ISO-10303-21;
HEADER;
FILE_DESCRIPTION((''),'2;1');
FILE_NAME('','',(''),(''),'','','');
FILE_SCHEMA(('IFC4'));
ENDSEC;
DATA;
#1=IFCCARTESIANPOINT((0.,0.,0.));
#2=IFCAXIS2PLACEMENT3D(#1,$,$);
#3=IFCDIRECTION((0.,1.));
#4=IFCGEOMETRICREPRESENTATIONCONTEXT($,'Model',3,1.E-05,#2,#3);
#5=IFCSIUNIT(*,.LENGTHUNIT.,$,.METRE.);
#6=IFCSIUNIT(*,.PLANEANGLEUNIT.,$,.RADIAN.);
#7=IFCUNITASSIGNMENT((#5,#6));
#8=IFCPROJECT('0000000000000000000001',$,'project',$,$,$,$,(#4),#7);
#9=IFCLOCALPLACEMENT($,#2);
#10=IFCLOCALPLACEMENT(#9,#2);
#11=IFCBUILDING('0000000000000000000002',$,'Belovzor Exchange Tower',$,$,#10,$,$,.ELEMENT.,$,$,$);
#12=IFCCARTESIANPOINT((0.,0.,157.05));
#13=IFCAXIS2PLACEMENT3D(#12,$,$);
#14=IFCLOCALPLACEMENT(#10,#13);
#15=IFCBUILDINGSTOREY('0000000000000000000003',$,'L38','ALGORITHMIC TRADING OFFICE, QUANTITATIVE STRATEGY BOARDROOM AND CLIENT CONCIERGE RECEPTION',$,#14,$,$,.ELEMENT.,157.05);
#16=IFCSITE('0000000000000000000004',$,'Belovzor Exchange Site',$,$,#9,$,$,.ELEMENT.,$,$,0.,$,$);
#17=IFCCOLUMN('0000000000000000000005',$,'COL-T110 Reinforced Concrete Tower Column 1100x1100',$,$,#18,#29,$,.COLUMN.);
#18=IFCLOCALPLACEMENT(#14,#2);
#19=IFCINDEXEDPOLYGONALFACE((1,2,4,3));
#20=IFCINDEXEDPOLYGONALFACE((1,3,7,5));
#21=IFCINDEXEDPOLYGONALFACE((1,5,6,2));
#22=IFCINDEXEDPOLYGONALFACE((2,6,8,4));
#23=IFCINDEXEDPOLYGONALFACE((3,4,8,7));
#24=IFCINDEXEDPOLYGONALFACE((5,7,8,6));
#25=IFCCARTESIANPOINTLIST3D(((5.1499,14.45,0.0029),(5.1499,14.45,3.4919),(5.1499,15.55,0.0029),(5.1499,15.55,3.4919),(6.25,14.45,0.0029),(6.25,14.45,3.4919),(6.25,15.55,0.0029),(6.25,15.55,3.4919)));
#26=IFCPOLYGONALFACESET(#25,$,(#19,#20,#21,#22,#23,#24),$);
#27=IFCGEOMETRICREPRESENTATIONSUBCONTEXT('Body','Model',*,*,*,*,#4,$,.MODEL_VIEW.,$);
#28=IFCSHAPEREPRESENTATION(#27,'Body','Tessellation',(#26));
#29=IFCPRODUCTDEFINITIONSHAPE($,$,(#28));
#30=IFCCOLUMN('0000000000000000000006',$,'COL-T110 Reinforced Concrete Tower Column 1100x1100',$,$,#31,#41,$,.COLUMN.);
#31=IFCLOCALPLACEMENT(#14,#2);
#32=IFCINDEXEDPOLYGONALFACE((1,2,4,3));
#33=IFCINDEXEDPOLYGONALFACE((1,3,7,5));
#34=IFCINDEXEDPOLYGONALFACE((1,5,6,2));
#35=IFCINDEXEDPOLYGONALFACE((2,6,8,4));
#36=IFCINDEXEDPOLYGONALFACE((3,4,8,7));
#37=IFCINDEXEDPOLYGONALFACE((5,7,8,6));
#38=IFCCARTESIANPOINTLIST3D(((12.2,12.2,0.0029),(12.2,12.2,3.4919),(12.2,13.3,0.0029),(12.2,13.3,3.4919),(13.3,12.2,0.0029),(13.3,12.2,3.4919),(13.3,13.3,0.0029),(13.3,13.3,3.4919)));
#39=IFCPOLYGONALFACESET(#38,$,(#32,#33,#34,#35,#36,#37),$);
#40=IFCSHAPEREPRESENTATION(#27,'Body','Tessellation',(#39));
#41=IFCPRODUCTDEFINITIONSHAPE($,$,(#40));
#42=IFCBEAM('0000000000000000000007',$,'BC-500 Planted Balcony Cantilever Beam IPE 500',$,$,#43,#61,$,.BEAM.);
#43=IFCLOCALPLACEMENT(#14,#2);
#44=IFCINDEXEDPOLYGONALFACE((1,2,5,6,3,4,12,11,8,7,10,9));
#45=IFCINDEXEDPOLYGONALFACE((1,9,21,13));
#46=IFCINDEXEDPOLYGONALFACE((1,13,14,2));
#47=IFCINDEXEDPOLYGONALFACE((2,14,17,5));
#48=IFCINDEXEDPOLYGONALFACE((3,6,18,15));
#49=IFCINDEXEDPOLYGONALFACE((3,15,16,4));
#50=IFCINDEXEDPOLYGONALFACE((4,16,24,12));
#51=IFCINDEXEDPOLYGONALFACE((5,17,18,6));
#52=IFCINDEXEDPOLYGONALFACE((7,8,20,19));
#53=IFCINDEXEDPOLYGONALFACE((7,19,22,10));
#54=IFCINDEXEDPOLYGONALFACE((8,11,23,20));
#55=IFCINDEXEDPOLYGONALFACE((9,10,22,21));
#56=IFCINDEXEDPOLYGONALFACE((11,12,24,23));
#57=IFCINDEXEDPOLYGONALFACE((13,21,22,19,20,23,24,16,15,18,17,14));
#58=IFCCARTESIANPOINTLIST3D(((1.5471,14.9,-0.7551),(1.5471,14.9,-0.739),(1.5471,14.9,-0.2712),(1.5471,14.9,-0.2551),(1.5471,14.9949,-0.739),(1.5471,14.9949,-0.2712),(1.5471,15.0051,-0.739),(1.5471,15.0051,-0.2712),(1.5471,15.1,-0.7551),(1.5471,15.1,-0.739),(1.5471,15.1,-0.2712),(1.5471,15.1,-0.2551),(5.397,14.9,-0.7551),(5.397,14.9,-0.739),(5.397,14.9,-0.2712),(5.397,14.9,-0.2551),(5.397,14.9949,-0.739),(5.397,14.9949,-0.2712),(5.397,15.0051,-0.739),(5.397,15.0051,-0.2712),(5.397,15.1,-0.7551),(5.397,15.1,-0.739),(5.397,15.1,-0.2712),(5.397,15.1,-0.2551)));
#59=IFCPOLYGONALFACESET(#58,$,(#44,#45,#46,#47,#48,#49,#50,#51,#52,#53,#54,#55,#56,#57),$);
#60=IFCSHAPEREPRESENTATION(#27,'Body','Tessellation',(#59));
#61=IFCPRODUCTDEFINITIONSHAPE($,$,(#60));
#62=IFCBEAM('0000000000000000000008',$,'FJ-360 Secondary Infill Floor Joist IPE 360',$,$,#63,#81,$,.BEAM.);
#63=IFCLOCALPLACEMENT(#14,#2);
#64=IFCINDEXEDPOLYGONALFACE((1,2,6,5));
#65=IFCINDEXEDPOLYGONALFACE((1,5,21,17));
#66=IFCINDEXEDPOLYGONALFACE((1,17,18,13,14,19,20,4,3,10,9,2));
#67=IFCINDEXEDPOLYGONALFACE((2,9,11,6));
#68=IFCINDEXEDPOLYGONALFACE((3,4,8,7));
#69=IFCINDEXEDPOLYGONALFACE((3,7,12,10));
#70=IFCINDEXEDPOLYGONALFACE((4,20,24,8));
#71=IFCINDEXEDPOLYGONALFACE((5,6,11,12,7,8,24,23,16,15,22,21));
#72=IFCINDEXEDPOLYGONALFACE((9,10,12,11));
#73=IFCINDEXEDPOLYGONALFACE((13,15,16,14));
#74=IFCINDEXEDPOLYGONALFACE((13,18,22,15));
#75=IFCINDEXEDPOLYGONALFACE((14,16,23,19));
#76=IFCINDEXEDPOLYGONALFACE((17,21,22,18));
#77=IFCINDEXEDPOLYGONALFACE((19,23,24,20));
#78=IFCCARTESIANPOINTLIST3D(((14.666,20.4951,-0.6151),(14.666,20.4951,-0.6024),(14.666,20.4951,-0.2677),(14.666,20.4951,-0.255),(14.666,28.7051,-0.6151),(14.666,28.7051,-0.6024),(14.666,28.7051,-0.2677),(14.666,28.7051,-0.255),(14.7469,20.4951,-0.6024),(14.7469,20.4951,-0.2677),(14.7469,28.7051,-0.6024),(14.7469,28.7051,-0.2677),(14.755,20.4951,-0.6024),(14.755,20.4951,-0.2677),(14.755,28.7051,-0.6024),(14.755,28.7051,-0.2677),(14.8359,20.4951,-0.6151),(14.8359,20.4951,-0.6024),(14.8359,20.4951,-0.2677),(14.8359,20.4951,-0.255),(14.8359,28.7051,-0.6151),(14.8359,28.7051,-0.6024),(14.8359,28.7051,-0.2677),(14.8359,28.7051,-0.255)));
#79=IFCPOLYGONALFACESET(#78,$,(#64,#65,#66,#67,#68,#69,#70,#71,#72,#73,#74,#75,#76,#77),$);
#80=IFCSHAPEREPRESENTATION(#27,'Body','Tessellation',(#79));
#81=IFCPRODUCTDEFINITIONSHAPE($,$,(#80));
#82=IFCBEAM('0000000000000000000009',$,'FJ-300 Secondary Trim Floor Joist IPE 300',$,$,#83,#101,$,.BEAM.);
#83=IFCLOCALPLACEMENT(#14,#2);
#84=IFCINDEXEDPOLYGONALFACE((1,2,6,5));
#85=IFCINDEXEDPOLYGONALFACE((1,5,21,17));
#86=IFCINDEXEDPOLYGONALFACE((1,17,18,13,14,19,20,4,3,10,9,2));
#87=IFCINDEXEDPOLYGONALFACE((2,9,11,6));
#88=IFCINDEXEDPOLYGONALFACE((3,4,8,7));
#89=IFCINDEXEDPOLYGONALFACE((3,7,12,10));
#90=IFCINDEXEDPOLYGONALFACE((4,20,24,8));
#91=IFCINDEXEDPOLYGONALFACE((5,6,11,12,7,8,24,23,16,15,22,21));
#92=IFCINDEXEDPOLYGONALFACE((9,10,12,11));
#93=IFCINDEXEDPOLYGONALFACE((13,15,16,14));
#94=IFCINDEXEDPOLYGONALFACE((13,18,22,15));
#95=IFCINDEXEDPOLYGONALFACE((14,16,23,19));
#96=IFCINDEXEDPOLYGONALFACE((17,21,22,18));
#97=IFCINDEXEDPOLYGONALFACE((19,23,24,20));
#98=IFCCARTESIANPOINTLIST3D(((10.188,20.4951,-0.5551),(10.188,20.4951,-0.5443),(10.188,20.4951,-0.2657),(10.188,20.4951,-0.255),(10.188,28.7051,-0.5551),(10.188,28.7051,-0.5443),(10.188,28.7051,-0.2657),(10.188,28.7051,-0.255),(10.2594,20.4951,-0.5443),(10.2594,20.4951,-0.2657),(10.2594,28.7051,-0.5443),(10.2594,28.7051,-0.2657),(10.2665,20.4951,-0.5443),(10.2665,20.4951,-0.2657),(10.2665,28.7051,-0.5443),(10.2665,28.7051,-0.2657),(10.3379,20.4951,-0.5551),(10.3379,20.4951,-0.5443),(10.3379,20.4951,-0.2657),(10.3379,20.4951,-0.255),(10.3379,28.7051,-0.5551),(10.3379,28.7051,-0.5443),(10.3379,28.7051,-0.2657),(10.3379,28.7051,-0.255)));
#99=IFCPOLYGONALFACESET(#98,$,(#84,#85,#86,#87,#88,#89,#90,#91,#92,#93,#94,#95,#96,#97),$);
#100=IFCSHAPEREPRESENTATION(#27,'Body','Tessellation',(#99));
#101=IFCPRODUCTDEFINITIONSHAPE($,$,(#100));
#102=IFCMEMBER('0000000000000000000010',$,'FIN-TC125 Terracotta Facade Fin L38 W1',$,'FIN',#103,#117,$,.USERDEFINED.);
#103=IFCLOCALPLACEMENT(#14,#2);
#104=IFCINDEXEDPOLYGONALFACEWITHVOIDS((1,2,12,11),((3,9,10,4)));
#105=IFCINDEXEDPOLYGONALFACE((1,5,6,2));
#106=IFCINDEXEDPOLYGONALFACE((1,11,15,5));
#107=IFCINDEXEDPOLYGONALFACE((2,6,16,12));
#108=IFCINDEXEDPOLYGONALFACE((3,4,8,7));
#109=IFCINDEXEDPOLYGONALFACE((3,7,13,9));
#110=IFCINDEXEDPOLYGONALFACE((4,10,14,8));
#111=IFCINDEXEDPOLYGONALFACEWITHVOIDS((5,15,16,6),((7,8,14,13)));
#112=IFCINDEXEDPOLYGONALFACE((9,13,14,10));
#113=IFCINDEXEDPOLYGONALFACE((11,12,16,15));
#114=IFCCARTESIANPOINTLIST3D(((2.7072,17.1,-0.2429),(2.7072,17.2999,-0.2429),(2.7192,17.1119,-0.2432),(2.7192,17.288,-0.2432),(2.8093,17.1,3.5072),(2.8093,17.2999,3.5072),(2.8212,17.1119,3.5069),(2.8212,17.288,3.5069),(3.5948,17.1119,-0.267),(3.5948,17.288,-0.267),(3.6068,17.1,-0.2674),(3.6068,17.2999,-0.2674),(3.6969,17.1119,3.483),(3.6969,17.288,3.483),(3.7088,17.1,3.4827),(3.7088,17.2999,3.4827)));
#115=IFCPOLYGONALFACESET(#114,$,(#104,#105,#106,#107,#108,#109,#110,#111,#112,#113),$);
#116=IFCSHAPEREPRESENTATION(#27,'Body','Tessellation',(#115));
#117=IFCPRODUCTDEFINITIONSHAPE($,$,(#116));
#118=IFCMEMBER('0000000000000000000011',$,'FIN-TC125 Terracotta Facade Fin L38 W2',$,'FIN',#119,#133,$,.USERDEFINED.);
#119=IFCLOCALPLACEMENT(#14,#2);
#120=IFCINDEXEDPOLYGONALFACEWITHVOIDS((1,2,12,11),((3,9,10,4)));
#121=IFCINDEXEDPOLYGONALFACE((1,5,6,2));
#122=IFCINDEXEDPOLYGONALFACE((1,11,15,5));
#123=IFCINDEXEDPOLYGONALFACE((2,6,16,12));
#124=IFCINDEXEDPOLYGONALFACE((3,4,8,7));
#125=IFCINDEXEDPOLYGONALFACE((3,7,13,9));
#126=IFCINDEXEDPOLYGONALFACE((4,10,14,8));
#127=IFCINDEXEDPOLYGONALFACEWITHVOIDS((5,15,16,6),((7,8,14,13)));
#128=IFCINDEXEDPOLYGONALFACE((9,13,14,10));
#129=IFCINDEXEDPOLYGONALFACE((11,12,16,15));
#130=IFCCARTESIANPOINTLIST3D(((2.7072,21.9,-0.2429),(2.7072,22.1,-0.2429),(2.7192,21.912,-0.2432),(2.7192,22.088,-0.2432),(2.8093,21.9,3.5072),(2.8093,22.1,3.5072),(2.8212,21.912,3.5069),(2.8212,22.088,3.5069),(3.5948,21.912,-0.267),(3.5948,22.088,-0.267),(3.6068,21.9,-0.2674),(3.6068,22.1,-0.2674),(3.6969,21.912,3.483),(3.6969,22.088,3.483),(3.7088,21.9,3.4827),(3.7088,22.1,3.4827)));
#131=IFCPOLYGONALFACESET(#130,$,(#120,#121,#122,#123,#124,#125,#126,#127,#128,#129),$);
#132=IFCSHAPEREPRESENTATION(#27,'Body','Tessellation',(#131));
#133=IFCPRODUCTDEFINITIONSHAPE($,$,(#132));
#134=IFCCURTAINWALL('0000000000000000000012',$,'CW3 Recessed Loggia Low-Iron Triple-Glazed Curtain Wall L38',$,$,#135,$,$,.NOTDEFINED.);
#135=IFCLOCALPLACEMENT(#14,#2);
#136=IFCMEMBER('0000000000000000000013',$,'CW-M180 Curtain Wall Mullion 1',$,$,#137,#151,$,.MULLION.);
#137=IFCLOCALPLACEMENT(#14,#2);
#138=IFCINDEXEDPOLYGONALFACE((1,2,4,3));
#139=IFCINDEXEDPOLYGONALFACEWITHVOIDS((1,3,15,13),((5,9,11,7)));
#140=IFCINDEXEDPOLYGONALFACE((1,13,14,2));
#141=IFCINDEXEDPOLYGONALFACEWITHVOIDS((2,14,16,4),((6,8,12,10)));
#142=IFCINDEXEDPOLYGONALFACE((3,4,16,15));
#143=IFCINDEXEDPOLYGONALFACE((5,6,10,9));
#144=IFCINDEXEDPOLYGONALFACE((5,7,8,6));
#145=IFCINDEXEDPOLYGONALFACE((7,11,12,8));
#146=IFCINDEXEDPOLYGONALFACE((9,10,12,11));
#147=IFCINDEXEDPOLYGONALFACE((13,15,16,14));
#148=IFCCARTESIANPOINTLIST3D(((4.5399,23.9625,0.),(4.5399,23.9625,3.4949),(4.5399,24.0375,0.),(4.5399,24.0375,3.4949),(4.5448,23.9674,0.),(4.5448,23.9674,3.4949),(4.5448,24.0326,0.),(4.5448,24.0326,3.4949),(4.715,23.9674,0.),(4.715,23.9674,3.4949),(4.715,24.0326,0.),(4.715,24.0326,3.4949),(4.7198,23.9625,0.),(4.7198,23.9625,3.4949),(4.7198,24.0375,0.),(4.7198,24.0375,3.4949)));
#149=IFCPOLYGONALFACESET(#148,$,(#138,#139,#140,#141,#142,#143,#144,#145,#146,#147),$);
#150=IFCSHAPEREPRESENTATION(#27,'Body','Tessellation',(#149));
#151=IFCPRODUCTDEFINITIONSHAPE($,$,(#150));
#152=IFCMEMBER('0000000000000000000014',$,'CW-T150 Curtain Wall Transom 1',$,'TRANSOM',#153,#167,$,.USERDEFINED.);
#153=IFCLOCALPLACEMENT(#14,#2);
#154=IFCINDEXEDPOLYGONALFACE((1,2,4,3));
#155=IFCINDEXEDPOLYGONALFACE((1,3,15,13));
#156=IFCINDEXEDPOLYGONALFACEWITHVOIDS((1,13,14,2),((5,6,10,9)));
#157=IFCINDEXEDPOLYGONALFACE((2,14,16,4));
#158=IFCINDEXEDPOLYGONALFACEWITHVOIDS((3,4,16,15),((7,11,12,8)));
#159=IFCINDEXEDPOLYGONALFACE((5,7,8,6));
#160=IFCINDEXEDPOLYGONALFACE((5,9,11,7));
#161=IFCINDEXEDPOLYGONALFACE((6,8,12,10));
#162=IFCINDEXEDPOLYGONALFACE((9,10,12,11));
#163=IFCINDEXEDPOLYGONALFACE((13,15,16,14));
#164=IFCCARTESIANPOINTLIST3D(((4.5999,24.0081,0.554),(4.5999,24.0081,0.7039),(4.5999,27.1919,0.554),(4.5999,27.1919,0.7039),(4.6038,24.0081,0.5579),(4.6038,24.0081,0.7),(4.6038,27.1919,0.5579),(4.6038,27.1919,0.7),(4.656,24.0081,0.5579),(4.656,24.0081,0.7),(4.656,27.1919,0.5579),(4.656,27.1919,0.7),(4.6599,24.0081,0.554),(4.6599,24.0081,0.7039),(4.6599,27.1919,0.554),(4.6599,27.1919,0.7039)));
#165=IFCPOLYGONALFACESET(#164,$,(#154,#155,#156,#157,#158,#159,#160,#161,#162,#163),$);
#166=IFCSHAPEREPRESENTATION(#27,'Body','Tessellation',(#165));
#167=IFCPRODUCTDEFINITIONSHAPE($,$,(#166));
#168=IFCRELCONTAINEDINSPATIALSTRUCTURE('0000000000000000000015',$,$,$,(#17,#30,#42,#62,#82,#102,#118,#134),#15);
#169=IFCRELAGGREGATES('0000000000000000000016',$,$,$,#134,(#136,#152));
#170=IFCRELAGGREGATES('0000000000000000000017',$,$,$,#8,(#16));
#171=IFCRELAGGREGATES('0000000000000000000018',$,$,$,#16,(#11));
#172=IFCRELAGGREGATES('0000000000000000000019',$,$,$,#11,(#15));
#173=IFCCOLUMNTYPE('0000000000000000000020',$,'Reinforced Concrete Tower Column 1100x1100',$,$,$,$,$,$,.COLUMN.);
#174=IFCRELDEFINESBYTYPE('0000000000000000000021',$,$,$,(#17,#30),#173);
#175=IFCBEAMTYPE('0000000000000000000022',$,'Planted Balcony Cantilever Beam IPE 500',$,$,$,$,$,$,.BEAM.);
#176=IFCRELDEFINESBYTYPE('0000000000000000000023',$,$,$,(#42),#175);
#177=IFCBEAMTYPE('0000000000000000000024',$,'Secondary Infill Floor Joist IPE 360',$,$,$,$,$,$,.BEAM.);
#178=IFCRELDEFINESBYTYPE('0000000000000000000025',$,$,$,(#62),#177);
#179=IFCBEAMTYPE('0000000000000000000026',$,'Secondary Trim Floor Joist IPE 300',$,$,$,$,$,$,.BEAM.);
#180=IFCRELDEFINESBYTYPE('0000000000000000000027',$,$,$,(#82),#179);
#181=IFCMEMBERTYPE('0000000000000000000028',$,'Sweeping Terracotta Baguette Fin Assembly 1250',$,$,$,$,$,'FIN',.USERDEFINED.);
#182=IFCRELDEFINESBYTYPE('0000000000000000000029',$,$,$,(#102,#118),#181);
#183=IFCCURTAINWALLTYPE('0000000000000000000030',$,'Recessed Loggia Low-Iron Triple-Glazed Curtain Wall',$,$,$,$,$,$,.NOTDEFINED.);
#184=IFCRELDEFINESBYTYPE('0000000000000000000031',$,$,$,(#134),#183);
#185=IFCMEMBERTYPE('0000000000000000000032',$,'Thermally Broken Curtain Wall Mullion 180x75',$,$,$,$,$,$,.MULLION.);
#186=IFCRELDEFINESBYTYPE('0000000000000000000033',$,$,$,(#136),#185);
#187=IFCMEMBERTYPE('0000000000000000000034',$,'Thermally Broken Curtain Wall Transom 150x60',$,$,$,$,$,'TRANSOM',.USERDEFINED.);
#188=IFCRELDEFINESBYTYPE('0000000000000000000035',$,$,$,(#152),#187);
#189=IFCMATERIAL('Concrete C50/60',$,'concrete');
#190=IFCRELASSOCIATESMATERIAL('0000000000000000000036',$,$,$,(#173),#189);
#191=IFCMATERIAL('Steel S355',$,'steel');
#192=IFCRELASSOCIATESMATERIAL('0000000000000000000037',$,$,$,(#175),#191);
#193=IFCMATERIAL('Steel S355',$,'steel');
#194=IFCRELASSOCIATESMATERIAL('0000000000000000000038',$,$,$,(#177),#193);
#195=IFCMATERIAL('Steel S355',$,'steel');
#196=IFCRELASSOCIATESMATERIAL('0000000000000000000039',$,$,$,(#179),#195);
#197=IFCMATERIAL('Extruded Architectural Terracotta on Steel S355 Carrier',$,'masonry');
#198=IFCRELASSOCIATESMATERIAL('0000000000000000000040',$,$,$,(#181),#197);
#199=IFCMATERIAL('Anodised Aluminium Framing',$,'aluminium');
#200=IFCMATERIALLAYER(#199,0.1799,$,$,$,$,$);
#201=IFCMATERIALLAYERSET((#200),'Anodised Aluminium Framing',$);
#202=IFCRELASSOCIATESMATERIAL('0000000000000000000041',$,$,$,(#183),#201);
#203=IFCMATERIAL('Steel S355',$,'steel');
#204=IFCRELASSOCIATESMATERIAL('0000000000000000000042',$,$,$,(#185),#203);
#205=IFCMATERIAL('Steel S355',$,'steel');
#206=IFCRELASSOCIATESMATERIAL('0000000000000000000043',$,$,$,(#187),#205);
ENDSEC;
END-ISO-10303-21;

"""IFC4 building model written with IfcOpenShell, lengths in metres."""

from ifc_helpers import new_model, si_unit, direction, frame, origin, origin_2d, place, context, subcontext, project, spatial, rectangle, hollow_rectangle, i_section, extrude, material, layer, layer_set, material_profile, profile_set, type_object, element, aggregate, save


model = new_model("IFC4")

# Units and contexts
model_context = context("Model", 3, precision=1e-05, world=origin(), true_north=direction((0.0, 1.0)))
body_context = subcontext(model_context, "Body", "Model", "MODEL_VIEW")
ifc_project = project(units=[si_unit("LENGTHUNIT", "METRE"), si_unit("PLANEANGLEUNIT", "RADIAN")], contexts=[model_context])

# Site, building, storey
site_placement = place(None, origin())
site = spatial("IfcSite", under=ifc_project, at=site_placement, Name="Belovzor Exchange Site", CompositionType="ELEMENT", RefElevation=0.0)
building_placement = place(site_placement, origin())
building = spatial("IfcBuilding", under=site, at=building_placement, Name="Belovzor Exchange Tower", CompositionType="ELEMENT")
storey_placement = place(building_placement, frame((0.0, 0.0, 157.05)))
storey = spatial("IfcBuildingStorey", under=building, at=storey_placement, Name="L38", Description="ALGORITHMIC TRADING OFFICE, QUANTITATIVE STRATEGY BOARDROOM AND CLIENT CONCIERGE RECEPTION", CompositionType="ELEMENT", Elevation=157.05)

# Columns
ifc_material_1 = material(Name="Concrete C50/60", Category="concrete")
ifc_material_profile_1 = material_profile(ifc_material_1, rectangle(XDim=1.1001, YDim=1.1001, at=origin_2d()))
ifc_profile_set_1 = profile_set([ifc_material_profile_1], Name="Concrete C50/60")
column_type = type_object("IfcColumnType", Name="Reinforced Concrete Tower Column 1100x1100", PredefinedType="COLUMN", material=ifc_profile_set_1)
for number, where, z_axis, x_axis, name in (
    (1, (5.7, 15.0, 0.0029), (0.0, 0.0, 1.0), (1.0, 0.0, 0.0), "COL-T110 Reinforced Concrete Tower Column 1100x1100"),
    (2, (12.75, 12.75, 0.0029), (0.0, 0.0, 1.0), (1.0, 0.0, 0.0), "COL-T110 Reinforced Concrete Tower Column 1100x1100"),
):
    element("IfcColumn", number, at=place(storey_placement, frame(where, z_axis=z_axis, x_axis=x_axis)), inside=storey, type_object=column_type, Name=name, PredefinedType="COLUMN", context=body_context, shape_type="SweptSolid", body=[
        extrude(rectangle(XDim=1.1001, YDim=1.1001, at=origin_2d()), origin(), (0.0, 0.0, 1.0), 3.489),
    ])

# Beams
ifc_material_2 = material(Name="Steel S355", Category="steel")
ifc_material_profile_2 = material_profile(ifc_material_2, i_section(OverallWidth=0.2, OverallDepth=0.5, WebThickness=0.0103, FlangeThickness=0.0161, at=origin_2d()))
ifc_profile_set_2 = profile_set([ifc_material_profile_2], Name="Steel S355")
beam_type_1 = type_object("IfcBeamType", Name="Planted Balcony Cantilever Beam IPE 500", PredefinedType="BEAM", material=ifc_profile_set_2)
beam_1_placement = place(storey_placement, frame((5.397, 15.0, -0.5051), z_axis=(-1.0, 0.0, 0.0), x_axis=(0.0, -1.0, 0.0)))
element("IfcBeam", 3, at=beam_1_placement, inside=storey, type_object=beam_type_1, Name="BC-500 Planted Balcony Cantilever Beam IPE 500", PredefinedType="BEAM", context=body_context, shape_type="SweptSolid", body=[
    extrude(i_section(OverallWidth=0.2, OverallDepth=0.5, WebThickness=0.0103, FlangeThickness=0.0161, at=origin_2d()), origin(), (0.0, 0.0, 1.0), 3.8499),
])
ifc_material_3 = material(Name="Steel S355", Category="steel")
ifc_material_profile_3 = material_profile(ifc_material_3, i_section(OverallWidth=0.1699, OverallDepth=0.3601, WebThickness=0.0081, FlangeThickness=0.0127, at=origin_2d()))
ifc_profile_set_3 = profile_set([ifc_material_profile_3], Name="Steel S355")
beam_type_2 = type_object("IfcBeamType", Name="Secondary Infill Floor Joist IPE 360", PredefinedType="BEAM", material=ifc_profile_set_3)
beam_2_placement = place(storey_placement, frame((14.751, 20.4951, -0.4351), z_axis=(0.0, 1.0, 0.0), x_axis=(-1.0, 0.0, 0.0)))
element("IfcBeam", 4, at=beam_2_placement, inside=storey, type_object=beam_type_2, Name="FJ-360 Secondary Infill Floor Joist IPE 360", PredefinedType="BEAM", context=body_context, shape_type="SweptSolid", body=[
    extrude(i_section(OverallWidth=0.1699, OverallDepth=0.3601, WebThickness=0.0081, FlangeThickness=0.0127, at=origin_2d()), origin(), (0.0, 0.0, 1.0), 8.21),
])
ifc_material_4 = material(Name="Steel S355", Category="steel")
ifc_material_profile_4 = material_profile(ifc_material_4, i_section(OverallWidth=0.1499, OverallDepth=0.3, WebThickness=0.0071, FlangeThickness=0.0107, at=origin_2d()))
ifc_profile_set_4 = profile_set([ifc_material_profile_4], Name="Steel S355")
beam_type_3 = type_object("IfcBeamType", Name="Secondary Trim Floor Joist IPE 300", PredefinedType="BEAM", material=ifc_profile_set_4)
beam_3_placement = place(storey_placement, frame((10.2629, 20.4951, -0.405), z_axis=(0.0, 1.0, 0.0), x_axis=(-1.0, 0.0, 0.0)))
element("IfcBeam", 5, at=beam_3_placement, inside=storey, type_object=beam_type_3, Name="FJ-300 Secondary Trim Floor Joist IPE 300", PredefinedType="BEAM", context=body_context, shape_type="SweptSolid", body=[
    extrude(i_section(OverallWidth=0.1499, OverallDepth=0.3, WebThickness=0.0071, FlangeThickness=0.0107, at=origin_2d()), origin(), (0.0, 0.0, 1.0), 8.21),
])

# Members
ifc_material_5 = material(Name="Extruded Architectural Terracotta on Steel S355 Carrier", Category="masonry")
ifc_material_profile_5 = material_profile(ifc_material_5, hollow_rectangle(XDim=0.2, YDim=0.8999, WallThickness=0.012, at=origin_2d()))
ifc_profile_set_5 = profile_set([ifc_material_profile_5], Name="Extruded Architectural Terracotta on Steel S355 Carrier")
member_type_1 = type_object("IfcMemberType", Name="Sweeping Terracotta Baguette Fin Assembly 1250", ElementType="FIN", PredefinedType="USERDEFINED", material=ifc_profile_set_5)
for number, where, z_axis, x_axis, name in (
    (6, (3.157, 17.2, -0.2551), (0.027203, 0.0, 0.99963), (0.0, 1.0, 0.0), "FIN-TC125 Terracotta Facade Fin L38 W1"),
    (7, (3.157, 22.0, -0.2551), (0.027203, 0.0, 0.99963), (0.0, 1.0, 0.0), "FIN-TC125 Terracotta Facade Fin L38 W2"),
):
    element("IfcMember", number, at=place(storey_placement, frame(where, z_axis=z_axis, x_axis=x_axis)), inside=storey, type_object=member_type_1, Name=name, ObjectType="FIN", PredefinedType="USERDEFINED", context=body_context, shape_type="SweptSolid", body=[
        extrude(hollow_rectangle(XDim=0.2, YDim=0.8999, WallThickness=0.012, at=origin_2d()), origin(), (0.0, 0.0, 1.0), 3.7515),
    ])

# Curtain wall, members
ifc_material_6 = material(Name="Anodised Aluminium Framing", Category="aluminium")
ifc_layer_1 = layer(ifc_material_6, 0.1799)
ifc_layer_set_1 = layer_set([ifc_layer_1], Name="Anodised Aluminium Framing")
curtain_wall_type = type_object("IfcCurtainWallType", Name="Recessed Loggia Low-Iron Triple-Glazed Curtain Wall", PredefinedType="NOTDEFINED", material=ifc_layer_set_1)
curtain_wall_placement = place(storey_placement, origin())
curtain_wall = element("IfcCurtainWall", 8, at=curtain_wall_placement, inside=storey, type_object=curtain_wall_type, Name="CW3 Recessed Loggia Low-Iron Triple-Glazed Curtain Wall L38", PredefinedType="NOTDEFINED")
ifc_material_7 = material(Name="Steel S355", Category="steel")
ifc_material_profile_6 = material_profile(ifc_material_7, hollow_rectangle(XDim=0.075, YDim=0.1799, WallThickness=0.0049, at=origin_2d()))
ifc_profile_set_6 = profile_set([ifc_material_profile_6], Name="Steel S355")
member_type_2 = type_object("IfcMemberType", Name="Thermally Broken Curtain Wall Mullion 180x75", PredefinedType="MULLION", material=ifc_profile_set_6)
member_1_placement = place(storey_placement, frame((4.6299, 24.0, 0.0), z_axis=(0.0, 0.0, 1.0), x_axis=(0.0, 1.0, 0.0)))
member_1 = element("IfcMember", 9, at=member_1_placement, type_object=member_type_2, Name="CW-M180 Curtain Wall Mullion 1", PredefinedType="MULLION", context=body_context, shape_type="SweptSolid", body=[
    extrude(hollow_rectangle(XDim=0.075, YDim=0.1799, WallThickness=0.0049, at=origin_2d()), origin(), (0.0, 0.0, 1.0), 3.4949),
])
ifc_material_8 = material(Name="Steel S355", Category="steel")
ifc_material_profile_7 = material_profile(ifc_material_8, hollow_rectangle(XDim=0.0601, YDim=0.1499, WallThickness=0.0039, at=origin_2d()))
ifc_profile_set_7 = profile_set([ifc_material_profile_7], Name="Steel S355")
member_type_3 = type_object("IfcMemberType", Name="Thermally Broken Curtain Wall Transom 150x60", ElementType="TRANSOM", PredefinedType="USERDEFINED", material=ifc_profile_set_7)
member_2_placement = place(storey_placement, frame((4.6299, 24.0081, 0.6289), z_axis=(0.0, 1.0, 0.0), x_axis=(-1.0, 0.0, 0.0)))
member_2 = element("IfcMember", 10, at=member_2_placement, type_object=member_type_3, Name="CW-T150 Curtain Wall Transom 1", ObjectType="TRANSOM", PredefinedType="USERDEFINED", context=body_context, shape_type="SweptSolid", body=[
    extrude(hollow_rectangle(XDim=0.0601, YDim=0.1499, WallThickness=0.0039, at=origin_2d()), origin(), (0.0, 0.0, 1.0), 3.1838),
])

aggregate(curtain_wall, [member_1, member_2])

save(model, "model.ifc")
